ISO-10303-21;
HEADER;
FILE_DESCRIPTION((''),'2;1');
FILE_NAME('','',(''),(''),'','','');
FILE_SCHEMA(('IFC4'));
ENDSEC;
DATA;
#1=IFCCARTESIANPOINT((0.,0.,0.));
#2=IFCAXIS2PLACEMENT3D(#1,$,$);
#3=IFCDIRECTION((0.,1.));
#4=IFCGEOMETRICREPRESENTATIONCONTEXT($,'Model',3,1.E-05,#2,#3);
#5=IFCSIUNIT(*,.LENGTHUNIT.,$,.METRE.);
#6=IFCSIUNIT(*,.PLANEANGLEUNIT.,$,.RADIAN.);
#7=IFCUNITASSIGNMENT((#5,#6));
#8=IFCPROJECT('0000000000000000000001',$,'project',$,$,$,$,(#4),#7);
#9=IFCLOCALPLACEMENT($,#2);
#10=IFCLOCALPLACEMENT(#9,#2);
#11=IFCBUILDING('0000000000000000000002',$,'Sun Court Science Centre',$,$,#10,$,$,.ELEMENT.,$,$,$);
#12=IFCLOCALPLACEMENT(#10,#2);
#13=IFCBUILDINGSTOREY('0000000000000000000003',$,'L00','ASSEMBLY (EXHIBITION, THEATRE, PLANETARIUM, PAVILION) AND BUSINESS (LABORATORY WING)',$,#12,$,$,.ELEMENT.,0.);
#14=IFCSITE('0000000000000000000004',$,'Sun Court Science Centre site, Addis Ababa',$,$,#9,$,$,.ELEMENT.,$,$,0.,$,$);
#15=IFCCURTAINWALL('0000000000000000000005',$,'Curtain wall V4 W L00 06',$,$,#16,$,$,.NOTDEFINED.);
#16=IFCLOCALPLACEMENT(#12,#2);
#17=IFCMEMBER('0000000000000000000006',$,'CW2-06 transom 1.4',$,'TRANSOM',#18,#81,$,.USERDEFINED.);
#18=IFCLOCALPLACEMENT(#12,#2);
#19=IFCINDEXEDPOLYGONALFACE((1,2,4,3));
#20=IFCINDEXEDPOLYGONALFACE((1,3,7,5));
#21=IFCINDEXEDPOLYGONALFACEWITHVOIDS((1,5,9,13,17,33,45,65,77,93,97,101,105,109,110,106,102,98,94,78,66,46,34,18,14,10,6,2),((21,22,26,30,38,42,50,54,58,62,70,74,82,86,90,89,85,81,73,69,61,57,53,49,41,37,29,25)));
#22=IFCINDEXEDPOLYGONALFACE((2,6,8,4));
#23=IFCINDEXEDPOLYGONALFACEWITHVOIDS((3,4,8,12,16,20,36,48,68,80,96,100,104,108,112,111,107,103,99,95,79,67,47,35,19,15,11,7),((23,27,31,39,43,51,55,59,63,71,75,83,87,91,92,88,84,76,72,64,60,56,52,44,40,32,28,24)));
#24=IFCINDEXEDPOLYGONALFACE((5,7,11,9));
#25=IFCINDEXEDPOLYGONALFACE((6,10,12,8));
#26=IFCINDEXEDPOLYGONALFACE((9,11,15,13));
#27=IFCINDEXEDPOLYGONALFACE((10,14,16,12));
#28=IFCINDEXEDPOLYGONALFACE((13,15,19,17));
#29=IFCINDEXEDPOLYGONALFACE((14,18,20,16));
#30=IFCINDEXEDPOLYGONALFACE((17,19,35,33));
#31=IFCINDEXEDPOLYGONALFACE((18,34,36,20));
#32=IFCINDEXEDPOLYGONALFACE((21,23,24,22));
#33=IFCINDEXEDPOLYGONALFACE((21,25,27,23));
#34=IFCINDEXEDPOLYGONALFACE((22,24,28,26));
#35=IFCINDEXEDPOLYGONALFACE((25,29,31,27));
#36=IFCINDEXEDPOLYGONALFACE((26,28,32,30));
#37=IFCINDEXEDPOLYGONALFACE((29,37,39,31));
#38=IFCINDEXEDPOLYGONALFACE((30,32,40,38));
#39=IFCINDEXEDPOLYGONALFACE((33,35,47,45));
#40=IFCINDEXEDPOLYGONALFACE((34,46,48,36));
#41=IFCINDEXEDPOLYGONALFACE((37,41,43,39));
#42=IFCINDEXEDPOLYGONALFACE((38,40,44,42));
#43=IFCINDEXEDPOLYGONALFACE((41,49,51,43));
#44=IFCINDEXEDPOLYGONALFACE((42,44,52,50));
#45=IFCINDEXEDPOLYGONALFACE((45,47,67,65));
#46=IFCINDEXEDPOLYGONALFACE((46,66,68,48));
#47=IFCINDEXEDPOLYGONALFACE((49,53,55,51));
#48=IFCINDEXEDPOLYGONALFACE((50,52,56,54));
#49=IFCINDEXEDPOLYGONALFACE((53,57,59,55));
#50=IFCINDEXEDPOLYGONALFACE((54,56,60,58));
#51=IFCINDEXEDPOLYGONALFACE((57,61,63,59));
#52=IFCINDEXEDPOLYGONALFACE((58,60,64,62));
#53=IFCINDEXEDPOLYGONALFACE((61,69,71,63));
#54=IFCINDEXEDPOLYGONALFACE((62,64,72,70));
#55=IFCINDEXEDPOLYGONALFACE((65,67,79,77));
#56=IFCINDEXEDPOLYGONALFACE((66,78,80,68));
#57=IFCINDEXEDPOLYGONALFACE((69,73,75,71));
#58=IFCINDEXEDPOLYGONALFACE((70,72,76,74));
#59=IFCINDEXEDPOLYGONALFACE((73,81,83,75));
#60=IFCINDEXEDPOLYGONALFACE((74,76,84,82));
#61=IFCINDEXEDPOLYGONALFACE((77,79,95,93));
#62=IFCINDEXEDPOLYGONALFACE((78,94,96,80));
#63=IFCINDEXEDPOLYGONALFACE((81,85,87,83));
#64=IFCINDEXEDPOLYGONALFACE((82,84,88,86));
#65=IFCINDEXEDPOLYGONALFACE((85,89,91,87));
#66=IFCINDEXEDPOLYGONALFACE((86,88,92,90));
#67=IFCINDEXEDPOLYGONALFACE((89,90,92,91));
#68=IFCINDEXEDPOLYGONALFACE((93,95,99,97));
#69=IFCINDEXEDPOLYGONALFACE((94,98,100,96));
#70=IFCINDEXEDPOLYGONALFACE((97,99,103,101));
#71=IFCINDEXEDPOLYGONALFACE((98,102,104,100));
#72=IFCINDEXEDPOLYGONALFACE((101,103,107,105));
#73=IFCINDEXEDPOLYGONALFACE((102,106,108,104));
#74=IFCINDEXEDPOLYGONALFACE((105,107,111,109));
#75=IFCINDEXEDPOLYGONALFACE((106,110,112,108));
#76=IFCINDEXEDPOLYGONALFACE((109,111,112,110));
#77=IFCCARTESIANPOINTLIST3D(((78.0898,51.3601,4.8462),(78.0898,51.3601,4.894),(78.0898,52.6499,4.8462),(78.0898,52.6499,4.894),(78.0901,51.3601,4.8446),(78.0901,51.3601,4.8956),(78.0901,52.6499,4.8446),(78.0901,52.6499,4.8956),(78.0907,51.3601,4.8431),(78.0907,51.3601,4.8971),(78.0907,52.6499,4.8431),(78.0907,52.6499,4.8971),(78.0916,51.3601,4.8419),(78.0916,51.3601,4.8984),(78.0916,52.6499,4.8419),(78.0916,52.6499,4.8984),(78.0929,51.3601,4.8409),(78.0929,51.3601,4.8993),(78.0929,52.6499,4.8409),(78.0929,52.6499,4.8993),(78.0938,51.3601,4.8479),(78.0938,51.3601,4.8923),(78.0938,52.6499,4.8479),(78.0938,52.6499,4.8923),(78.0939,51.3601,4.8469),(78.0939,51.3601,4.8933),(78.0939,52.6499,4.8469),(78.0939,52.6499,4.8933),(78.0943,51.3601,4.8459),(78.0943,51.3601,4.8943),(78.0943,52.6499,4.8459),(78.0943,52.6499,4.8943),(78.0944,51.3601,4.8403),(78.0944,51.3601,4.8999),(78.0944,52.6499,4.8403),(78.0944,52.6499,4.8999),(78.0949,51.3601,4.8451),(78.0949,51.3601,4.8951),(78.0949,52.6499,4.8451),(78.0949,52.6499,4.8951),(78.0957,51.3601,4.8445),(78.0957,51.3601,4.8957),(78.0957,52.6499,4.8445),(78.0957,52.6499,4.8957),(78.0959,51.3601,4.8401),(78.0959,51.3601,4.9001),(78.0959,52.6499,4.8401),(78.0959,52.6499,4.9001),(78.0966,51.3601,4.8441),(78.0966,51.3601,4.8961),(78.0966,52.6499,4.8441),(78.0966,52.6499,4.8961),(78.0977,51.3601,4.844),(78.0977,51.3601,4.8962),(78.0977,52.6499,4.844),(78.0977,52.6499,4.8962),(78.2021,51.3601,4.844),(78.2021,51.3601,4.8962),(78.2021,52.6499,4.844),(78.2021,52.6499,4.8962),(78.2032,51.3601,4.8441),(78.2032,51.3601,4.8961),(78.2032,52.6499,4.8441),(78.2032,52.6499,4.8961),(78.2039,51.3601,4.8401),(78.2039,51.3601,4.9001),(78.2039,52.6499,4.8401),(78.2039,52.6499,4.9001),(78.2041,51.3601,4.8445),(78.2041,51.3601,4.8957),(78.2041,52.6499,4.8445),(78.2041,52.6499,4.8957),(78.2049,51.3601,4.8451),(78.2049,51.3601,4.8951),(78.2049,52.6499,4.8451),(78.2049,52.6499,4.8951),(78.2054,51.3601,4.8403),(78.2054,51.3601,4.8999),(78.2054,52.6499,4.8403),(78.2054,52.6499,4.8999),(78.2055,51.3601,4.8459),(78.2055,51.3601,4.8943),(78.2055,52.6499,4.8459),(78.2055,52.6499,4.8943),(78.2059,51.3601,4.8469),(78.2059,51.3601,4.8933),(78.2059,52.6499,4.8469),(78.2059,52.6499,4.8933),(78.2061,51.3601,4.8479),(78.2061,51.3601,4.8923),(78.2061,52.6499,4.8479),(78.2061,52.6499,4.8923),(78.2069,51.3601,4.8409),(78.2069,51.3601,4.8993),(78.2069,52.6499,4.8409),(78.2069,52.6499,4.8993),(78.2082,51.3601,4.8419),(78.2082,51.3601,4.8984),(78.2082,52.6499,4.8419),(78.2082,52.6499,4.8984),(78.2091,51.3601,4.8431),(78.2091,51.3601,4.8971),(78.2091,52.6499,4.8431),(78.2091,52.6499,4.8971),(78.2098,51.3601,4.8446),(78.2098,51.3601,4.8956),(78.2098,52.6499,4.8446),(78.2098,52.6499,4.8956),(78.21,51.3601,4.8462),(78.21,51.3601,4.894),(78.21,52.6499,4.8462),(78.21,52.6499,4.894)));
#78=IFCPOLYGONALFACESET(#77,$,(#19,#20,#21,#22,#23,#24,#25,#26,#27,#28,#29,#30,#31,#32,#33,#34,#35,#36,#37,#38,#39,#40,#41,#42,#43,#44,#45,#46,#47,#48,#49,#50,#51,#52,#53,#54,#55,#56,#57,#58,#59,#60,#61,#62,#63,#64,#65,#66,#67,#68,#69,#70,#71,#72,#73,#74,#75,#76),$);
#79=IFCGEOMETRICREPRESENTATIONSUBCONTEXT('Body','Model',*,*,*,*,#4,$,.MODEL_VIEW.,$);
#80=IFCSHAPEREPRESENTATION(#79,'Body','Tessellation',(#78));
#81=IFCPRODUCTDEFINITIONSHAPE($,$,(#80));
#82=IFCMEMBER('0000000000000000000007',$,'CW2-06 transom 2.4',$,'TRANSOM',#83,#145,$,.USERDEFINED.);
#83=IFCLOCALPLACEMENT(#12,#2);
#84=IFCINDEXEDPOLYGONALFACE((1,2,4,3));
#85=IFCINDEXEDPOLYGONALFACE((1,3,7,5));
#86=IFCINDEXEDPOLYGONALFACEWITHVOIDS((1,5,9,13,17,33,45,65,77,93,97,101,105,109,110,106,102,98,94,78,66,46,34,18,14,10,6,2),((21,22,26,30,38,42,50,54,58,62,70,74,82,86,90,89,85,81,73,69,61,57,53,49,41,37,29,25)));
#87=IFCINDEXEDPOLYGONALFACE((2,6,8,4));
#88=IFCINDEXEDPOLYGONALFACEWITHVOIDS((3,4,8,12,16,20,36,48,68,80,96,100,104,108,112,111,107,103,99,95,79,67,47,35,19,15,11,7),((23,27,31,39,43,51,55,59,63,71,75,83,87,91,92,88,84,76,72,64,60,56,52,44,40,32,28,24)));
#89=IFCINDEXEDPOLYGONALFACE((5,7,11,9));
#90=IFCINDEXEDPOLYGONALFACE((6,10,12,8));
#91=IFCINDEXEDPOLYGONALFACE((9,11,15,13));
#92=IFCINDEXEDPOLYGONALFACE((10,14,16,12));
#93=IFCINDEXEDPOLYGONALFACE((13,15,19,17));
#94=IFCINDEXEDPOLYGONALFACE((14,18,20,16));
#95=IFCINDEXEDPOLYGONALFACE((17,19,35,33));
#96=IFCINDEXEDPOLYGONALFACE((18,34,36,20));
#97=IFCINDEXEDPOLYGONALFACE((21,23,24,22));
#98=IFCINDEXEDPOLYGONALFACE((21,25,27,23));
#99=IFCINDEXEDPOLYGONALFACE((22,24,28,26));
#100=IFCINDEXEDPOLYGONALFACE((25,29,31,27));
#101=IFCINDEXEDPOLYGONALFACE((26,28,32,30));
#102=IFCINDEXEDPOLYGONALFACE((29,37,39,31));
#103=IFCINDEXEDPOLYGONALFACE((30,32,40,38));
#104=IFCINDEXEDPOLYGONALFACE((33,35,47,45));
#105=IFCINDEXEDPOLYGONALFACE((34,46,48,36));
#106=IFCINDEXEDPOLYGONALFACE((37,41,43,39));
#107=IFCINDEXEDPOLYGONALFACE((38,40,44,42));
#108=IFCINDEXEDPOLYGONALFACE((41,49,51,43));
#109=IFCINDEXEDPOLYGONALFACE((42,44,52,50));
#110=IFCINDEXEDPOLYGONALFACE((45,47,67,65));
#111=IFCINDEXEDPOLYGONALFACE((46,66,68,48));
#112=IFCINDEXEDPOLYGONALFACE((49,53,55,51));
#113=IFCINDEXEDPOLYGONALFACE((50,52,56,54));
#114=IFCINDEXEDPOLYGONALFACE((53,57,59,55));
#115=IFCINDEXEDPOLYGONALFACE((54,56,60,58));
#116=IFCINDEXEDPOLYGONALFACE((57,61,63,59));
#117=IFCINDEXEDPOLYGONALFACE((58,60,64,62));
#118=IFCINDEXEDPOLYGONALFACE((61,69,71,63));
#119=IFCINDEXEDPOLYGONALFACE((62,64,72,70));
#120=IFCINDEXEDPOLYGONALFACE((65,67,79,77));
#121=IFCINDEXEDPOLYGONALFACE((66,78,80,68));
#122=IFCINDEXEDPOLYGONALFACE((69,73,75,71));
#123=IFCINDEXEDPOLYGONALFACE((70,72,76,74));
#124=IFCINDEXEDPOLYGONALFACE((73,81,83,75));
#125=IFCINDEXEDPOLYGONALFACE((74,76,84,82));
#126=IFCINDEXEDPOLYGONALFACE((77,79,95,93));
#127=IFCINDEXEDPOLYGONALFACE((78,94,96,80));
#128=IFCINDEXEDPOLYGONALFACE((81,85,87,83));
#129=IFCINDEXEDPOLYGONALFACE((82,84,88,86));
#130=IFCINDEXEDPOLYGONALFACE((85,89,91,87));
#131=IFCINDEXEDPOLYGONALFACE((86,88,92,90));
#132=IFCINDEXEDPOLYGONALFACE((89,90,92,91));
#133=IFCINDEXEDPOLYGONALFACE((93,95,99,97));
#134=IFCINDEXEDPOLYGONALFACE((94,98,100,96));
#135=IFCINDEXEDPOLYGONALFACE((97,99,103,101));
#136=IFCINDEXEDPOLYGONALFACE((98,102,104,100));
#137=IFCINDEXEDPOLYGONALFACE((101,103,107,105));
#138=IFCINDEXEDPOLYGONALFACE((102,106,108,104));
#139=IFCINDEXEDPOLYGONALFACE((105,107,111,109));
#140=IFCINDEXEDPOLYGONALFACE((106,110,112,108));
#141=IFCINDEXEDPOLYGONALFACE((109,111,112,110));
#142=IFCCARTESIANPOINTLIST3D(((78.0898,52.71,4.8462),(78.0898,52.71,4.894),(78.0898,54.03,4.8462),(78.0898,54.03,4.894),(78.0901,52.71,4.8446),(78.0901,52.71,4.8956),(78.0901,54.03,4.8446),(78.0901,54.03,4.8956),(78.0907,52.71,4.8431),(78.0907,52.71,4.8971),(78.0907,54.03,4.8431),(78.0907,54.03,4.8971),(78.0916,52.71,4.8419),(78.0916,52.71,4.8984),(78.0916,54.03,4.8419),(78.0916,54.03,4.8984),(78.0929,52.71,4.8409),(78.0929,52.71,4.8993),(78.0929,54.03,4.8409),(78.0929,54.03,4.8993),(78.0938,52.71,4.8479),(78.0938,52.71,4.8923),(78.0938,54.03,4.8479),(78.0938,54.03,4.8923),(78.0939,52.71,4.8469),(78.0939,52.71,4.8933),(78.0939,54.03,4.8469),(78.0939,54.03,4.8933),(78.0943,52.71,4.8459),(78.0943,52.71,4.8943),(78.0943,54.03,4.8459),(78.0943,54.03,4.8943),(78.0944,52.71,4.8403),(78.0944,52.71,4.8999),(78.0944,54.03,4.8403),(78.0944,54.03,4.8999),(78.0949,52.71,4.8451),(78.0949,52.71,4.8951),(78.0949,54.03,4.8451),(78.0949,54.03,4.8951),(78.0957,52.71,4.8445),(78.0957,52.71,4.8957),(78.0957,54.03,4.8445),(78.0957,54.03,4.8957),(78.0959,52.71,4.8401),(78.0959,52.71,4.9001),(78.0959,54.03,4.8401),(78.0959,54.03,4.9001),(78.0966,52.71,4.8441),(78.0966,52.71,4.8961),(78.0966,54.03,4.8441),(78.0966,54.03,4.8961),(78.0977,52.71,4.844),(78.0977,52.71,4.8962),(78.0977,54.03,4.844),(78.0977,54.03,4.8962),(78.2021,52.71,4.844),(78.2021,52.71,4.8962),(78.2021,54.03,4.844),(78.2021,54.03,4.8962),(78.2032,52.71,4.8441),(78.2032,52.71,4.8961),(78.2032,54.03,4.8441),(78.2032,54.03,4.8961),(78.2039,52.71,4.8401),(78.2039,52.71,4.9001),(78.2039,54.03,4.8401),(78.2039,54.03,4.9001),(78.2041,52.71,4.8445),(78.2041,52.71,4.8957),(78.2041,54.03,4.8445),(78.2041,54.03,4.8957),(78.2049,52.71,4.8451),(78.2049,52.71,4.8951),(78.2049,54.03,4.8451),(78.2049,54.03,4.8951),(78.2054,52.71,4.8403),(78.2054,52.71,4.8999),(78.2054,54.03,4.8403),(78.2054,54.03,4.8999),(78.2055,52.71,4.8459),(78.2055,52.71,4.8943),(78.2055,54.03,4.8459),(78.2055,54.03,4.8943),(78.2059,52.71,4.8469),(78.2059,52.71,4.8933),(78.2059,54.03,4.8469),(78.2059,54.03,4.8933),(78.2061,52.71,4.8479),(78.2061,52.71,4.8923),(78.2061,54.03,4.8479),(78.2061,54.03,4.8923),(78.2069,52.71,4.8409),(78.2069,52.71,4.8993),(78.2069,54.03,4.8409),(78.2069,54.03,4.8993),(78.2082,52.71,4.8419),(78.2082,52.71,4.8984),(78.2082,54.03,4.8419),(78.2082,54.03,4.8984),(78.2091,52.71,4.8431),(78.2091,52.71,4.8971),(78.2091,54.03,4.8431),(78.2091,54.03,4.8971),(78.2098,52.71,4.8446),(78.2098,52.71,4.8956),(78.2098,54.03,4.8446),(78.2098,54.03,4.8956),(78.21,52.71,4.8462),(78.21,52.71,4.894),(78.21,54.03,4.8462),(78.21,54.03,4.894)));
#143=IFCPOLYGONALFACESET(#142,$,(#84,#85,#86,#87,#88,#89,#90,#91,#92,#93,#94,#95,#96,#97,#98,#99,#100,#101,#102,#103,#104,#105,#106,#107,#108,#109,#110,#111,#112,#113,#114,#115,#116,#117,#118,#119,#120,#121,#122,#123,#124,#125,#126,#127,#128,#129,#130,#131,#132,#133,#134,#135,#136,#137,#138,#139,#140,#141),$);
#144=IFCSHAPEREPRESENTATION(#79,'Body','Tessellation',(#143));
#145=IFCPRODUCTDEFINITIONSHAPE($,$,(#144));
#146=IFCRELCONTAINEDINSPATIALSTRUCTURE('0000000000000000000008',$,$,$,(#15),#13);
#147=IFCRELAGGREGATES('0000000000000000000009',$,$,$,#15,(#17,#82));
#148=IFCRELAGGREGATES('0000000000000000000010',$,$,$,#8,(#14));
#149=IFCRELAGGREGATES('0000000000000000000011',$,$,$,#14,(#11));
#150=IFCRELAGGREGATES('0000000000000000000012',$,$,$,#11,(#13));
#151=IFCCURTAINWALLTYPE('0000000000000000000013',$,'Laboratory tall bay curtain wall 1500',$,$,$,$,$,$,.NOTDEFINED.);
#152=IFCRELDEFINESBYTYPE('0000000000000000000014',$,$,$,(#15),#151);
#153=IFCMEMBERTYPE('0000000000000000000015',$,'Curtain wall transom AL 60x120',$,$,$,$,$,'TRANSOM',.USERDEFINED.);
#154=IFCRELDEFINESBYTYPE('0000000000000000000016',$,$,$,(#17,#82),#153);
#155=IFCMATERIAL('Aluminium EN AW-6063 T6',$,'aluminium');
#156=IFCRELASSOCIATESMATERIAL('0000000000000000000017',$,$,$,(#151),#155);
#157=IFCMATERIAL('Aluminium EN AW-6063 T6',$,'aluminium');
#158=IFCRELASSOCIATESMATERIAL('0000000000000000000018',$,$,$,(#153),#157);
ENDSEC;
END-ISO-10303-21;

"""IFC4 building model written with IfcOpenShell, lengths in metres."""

from ifc_helpers import new_model, si_unit, direction, frame, origin, origin_2d, place, context, subcontext, project, spatial, hollow_rectangle, extrude, material, material_profile, profile_set, type_object, element, aggregate, save


model = new_model("IFC4")

# Units and contexts
model_context = context("Model", 3, precision=1e-05, world=origin(), true_north=direction((0.0, 1.0)))
body_context = subcontext(model_context, "Body", "Model", "MODEL_VIEW")
ifc_project = project(units=[si_unit("LENGTHUNIT", "METRE"), si_unit("PLANEANGLEUNIT", "RADIAN")], contexts=[model_context])

# Site, building, storey
site_placement = place(None, origin())
site = spatial("IfcSite", under=ifc_project, at=site_placement, Name="Sun Court Science Centre site, Addis Ababa", CompositionType="ELEMENT", RefElevation=0.0)
building_placement = place(site_placement, origin())
building = spatial("IfcBuilding", under=site, at=building_placement, Name="Sun Court Science Centre", CompositionType="ELEMENT")
storey_placement = place(building_placement, origin())
storey = spatial("IfcBuildingStorey", under=building, at=storey_placement, Name="L00", Description="ASSEMBLY (EXHIBITION, THEATRE, PLANETARIUM, PAVILION) AND BUSINESS (LABORATORY WING)", CompositionType="ELEMENT", Elevation=0.0)

# Curtain wall, members
ifc_material_1 = material(Name="Aluminium EN AW-6063 T6", Category="aluminium")
curtain_wall_type = type_object("IfcCurtainWallType", Name="Laboratory tall bay curtain wall 1500", PredefinedType="NOTDEFINED", material=ifc_material_1)
curtain_wall_placement = place(storey_placement, origin())
curtain_wall = element("IfcCurtainWall", 1, at=curtain_wall_placement, inside=storey, type_object=curtain_wall_type, Name="Curtain wall V4 W L00 06", PredefinedType="NOTDEFINED")
ifc_material_2 = material(Name="Aluminium EN AW-6063 T6", Category="aluminium")
ifc_material_profile_1 = material_profile(ifc_material_2, hollow_rectangle(XDim=0.0601, YDim=0.1201, WallThickness=0.0039, InnerFilletRadius=0.0039, OuterFilletRadius=0.0061, at=origin_2d()), Name="AL 60x120x4")
ifc_profile_set_1 = profile_set([ifc_material_profile_1], Name="Aluminium EN AW-6063 T6")
member_type_1 = type_object("IfcMemberType", Name="Curtain wall transom AL 60x120", ElementType="TRANSOM", PredefinedType="USERDEFINED", material=ifc_profile_set_1)
member_1_placement = place(storey_placement, frame((78.1499, 51.3601, 4.8701), z_axis=(0.0, 1.0, 0.0), x_axis=(0.0, 0.0, 1.0)))
member_1 = element("IfcMember", 2, at=member_1_placement, type_object=member_type_1, Name="CW2-06 transom 1.4", ObjectType="TRANSOM", PredefinedType="USERDEFINED", context=body_context, shape_type="SweptSolid", body=[
    extrude(hollow_rectangle(XDim=0.0601, YDim=0.1201, WallThickness=0.0039, InnerFilletRadius=0.0039, OuterFilletRadius=0.0061, at=origin_2d()), origin(), (0.0, 0.0, 1.0), 1.2898),
])
member_2_placement = place(storey_placement, frame((78.1499, 52.71, 4.8701), z_axis=(0.0, 1.0, 0.0), x_axis=(0.0, 0.0, 1.0)))
member_2 = element("IfcMember", 3, at=member_2_placement, type_object=member_type_1, Name="CW2-06 transom 2.4", ObjectType="TRANSOM", PredefinedType="USERDEFINED", context=body_context, shape_type="SweptSolid", body=[
    extrude(hollow_rectangle(XDim=0.0601, YDim=0.1201, WallThickness=0.0039, InnerFilletRadius=0.0039, OuterFilletRadius=0.0061, at=origin_2d()), origin(), (0.0, 0.0, 1.0), 1.3201),
])
aggregate(curtain_wall, [member_1, member_2])

save(model, "model.ifc")
